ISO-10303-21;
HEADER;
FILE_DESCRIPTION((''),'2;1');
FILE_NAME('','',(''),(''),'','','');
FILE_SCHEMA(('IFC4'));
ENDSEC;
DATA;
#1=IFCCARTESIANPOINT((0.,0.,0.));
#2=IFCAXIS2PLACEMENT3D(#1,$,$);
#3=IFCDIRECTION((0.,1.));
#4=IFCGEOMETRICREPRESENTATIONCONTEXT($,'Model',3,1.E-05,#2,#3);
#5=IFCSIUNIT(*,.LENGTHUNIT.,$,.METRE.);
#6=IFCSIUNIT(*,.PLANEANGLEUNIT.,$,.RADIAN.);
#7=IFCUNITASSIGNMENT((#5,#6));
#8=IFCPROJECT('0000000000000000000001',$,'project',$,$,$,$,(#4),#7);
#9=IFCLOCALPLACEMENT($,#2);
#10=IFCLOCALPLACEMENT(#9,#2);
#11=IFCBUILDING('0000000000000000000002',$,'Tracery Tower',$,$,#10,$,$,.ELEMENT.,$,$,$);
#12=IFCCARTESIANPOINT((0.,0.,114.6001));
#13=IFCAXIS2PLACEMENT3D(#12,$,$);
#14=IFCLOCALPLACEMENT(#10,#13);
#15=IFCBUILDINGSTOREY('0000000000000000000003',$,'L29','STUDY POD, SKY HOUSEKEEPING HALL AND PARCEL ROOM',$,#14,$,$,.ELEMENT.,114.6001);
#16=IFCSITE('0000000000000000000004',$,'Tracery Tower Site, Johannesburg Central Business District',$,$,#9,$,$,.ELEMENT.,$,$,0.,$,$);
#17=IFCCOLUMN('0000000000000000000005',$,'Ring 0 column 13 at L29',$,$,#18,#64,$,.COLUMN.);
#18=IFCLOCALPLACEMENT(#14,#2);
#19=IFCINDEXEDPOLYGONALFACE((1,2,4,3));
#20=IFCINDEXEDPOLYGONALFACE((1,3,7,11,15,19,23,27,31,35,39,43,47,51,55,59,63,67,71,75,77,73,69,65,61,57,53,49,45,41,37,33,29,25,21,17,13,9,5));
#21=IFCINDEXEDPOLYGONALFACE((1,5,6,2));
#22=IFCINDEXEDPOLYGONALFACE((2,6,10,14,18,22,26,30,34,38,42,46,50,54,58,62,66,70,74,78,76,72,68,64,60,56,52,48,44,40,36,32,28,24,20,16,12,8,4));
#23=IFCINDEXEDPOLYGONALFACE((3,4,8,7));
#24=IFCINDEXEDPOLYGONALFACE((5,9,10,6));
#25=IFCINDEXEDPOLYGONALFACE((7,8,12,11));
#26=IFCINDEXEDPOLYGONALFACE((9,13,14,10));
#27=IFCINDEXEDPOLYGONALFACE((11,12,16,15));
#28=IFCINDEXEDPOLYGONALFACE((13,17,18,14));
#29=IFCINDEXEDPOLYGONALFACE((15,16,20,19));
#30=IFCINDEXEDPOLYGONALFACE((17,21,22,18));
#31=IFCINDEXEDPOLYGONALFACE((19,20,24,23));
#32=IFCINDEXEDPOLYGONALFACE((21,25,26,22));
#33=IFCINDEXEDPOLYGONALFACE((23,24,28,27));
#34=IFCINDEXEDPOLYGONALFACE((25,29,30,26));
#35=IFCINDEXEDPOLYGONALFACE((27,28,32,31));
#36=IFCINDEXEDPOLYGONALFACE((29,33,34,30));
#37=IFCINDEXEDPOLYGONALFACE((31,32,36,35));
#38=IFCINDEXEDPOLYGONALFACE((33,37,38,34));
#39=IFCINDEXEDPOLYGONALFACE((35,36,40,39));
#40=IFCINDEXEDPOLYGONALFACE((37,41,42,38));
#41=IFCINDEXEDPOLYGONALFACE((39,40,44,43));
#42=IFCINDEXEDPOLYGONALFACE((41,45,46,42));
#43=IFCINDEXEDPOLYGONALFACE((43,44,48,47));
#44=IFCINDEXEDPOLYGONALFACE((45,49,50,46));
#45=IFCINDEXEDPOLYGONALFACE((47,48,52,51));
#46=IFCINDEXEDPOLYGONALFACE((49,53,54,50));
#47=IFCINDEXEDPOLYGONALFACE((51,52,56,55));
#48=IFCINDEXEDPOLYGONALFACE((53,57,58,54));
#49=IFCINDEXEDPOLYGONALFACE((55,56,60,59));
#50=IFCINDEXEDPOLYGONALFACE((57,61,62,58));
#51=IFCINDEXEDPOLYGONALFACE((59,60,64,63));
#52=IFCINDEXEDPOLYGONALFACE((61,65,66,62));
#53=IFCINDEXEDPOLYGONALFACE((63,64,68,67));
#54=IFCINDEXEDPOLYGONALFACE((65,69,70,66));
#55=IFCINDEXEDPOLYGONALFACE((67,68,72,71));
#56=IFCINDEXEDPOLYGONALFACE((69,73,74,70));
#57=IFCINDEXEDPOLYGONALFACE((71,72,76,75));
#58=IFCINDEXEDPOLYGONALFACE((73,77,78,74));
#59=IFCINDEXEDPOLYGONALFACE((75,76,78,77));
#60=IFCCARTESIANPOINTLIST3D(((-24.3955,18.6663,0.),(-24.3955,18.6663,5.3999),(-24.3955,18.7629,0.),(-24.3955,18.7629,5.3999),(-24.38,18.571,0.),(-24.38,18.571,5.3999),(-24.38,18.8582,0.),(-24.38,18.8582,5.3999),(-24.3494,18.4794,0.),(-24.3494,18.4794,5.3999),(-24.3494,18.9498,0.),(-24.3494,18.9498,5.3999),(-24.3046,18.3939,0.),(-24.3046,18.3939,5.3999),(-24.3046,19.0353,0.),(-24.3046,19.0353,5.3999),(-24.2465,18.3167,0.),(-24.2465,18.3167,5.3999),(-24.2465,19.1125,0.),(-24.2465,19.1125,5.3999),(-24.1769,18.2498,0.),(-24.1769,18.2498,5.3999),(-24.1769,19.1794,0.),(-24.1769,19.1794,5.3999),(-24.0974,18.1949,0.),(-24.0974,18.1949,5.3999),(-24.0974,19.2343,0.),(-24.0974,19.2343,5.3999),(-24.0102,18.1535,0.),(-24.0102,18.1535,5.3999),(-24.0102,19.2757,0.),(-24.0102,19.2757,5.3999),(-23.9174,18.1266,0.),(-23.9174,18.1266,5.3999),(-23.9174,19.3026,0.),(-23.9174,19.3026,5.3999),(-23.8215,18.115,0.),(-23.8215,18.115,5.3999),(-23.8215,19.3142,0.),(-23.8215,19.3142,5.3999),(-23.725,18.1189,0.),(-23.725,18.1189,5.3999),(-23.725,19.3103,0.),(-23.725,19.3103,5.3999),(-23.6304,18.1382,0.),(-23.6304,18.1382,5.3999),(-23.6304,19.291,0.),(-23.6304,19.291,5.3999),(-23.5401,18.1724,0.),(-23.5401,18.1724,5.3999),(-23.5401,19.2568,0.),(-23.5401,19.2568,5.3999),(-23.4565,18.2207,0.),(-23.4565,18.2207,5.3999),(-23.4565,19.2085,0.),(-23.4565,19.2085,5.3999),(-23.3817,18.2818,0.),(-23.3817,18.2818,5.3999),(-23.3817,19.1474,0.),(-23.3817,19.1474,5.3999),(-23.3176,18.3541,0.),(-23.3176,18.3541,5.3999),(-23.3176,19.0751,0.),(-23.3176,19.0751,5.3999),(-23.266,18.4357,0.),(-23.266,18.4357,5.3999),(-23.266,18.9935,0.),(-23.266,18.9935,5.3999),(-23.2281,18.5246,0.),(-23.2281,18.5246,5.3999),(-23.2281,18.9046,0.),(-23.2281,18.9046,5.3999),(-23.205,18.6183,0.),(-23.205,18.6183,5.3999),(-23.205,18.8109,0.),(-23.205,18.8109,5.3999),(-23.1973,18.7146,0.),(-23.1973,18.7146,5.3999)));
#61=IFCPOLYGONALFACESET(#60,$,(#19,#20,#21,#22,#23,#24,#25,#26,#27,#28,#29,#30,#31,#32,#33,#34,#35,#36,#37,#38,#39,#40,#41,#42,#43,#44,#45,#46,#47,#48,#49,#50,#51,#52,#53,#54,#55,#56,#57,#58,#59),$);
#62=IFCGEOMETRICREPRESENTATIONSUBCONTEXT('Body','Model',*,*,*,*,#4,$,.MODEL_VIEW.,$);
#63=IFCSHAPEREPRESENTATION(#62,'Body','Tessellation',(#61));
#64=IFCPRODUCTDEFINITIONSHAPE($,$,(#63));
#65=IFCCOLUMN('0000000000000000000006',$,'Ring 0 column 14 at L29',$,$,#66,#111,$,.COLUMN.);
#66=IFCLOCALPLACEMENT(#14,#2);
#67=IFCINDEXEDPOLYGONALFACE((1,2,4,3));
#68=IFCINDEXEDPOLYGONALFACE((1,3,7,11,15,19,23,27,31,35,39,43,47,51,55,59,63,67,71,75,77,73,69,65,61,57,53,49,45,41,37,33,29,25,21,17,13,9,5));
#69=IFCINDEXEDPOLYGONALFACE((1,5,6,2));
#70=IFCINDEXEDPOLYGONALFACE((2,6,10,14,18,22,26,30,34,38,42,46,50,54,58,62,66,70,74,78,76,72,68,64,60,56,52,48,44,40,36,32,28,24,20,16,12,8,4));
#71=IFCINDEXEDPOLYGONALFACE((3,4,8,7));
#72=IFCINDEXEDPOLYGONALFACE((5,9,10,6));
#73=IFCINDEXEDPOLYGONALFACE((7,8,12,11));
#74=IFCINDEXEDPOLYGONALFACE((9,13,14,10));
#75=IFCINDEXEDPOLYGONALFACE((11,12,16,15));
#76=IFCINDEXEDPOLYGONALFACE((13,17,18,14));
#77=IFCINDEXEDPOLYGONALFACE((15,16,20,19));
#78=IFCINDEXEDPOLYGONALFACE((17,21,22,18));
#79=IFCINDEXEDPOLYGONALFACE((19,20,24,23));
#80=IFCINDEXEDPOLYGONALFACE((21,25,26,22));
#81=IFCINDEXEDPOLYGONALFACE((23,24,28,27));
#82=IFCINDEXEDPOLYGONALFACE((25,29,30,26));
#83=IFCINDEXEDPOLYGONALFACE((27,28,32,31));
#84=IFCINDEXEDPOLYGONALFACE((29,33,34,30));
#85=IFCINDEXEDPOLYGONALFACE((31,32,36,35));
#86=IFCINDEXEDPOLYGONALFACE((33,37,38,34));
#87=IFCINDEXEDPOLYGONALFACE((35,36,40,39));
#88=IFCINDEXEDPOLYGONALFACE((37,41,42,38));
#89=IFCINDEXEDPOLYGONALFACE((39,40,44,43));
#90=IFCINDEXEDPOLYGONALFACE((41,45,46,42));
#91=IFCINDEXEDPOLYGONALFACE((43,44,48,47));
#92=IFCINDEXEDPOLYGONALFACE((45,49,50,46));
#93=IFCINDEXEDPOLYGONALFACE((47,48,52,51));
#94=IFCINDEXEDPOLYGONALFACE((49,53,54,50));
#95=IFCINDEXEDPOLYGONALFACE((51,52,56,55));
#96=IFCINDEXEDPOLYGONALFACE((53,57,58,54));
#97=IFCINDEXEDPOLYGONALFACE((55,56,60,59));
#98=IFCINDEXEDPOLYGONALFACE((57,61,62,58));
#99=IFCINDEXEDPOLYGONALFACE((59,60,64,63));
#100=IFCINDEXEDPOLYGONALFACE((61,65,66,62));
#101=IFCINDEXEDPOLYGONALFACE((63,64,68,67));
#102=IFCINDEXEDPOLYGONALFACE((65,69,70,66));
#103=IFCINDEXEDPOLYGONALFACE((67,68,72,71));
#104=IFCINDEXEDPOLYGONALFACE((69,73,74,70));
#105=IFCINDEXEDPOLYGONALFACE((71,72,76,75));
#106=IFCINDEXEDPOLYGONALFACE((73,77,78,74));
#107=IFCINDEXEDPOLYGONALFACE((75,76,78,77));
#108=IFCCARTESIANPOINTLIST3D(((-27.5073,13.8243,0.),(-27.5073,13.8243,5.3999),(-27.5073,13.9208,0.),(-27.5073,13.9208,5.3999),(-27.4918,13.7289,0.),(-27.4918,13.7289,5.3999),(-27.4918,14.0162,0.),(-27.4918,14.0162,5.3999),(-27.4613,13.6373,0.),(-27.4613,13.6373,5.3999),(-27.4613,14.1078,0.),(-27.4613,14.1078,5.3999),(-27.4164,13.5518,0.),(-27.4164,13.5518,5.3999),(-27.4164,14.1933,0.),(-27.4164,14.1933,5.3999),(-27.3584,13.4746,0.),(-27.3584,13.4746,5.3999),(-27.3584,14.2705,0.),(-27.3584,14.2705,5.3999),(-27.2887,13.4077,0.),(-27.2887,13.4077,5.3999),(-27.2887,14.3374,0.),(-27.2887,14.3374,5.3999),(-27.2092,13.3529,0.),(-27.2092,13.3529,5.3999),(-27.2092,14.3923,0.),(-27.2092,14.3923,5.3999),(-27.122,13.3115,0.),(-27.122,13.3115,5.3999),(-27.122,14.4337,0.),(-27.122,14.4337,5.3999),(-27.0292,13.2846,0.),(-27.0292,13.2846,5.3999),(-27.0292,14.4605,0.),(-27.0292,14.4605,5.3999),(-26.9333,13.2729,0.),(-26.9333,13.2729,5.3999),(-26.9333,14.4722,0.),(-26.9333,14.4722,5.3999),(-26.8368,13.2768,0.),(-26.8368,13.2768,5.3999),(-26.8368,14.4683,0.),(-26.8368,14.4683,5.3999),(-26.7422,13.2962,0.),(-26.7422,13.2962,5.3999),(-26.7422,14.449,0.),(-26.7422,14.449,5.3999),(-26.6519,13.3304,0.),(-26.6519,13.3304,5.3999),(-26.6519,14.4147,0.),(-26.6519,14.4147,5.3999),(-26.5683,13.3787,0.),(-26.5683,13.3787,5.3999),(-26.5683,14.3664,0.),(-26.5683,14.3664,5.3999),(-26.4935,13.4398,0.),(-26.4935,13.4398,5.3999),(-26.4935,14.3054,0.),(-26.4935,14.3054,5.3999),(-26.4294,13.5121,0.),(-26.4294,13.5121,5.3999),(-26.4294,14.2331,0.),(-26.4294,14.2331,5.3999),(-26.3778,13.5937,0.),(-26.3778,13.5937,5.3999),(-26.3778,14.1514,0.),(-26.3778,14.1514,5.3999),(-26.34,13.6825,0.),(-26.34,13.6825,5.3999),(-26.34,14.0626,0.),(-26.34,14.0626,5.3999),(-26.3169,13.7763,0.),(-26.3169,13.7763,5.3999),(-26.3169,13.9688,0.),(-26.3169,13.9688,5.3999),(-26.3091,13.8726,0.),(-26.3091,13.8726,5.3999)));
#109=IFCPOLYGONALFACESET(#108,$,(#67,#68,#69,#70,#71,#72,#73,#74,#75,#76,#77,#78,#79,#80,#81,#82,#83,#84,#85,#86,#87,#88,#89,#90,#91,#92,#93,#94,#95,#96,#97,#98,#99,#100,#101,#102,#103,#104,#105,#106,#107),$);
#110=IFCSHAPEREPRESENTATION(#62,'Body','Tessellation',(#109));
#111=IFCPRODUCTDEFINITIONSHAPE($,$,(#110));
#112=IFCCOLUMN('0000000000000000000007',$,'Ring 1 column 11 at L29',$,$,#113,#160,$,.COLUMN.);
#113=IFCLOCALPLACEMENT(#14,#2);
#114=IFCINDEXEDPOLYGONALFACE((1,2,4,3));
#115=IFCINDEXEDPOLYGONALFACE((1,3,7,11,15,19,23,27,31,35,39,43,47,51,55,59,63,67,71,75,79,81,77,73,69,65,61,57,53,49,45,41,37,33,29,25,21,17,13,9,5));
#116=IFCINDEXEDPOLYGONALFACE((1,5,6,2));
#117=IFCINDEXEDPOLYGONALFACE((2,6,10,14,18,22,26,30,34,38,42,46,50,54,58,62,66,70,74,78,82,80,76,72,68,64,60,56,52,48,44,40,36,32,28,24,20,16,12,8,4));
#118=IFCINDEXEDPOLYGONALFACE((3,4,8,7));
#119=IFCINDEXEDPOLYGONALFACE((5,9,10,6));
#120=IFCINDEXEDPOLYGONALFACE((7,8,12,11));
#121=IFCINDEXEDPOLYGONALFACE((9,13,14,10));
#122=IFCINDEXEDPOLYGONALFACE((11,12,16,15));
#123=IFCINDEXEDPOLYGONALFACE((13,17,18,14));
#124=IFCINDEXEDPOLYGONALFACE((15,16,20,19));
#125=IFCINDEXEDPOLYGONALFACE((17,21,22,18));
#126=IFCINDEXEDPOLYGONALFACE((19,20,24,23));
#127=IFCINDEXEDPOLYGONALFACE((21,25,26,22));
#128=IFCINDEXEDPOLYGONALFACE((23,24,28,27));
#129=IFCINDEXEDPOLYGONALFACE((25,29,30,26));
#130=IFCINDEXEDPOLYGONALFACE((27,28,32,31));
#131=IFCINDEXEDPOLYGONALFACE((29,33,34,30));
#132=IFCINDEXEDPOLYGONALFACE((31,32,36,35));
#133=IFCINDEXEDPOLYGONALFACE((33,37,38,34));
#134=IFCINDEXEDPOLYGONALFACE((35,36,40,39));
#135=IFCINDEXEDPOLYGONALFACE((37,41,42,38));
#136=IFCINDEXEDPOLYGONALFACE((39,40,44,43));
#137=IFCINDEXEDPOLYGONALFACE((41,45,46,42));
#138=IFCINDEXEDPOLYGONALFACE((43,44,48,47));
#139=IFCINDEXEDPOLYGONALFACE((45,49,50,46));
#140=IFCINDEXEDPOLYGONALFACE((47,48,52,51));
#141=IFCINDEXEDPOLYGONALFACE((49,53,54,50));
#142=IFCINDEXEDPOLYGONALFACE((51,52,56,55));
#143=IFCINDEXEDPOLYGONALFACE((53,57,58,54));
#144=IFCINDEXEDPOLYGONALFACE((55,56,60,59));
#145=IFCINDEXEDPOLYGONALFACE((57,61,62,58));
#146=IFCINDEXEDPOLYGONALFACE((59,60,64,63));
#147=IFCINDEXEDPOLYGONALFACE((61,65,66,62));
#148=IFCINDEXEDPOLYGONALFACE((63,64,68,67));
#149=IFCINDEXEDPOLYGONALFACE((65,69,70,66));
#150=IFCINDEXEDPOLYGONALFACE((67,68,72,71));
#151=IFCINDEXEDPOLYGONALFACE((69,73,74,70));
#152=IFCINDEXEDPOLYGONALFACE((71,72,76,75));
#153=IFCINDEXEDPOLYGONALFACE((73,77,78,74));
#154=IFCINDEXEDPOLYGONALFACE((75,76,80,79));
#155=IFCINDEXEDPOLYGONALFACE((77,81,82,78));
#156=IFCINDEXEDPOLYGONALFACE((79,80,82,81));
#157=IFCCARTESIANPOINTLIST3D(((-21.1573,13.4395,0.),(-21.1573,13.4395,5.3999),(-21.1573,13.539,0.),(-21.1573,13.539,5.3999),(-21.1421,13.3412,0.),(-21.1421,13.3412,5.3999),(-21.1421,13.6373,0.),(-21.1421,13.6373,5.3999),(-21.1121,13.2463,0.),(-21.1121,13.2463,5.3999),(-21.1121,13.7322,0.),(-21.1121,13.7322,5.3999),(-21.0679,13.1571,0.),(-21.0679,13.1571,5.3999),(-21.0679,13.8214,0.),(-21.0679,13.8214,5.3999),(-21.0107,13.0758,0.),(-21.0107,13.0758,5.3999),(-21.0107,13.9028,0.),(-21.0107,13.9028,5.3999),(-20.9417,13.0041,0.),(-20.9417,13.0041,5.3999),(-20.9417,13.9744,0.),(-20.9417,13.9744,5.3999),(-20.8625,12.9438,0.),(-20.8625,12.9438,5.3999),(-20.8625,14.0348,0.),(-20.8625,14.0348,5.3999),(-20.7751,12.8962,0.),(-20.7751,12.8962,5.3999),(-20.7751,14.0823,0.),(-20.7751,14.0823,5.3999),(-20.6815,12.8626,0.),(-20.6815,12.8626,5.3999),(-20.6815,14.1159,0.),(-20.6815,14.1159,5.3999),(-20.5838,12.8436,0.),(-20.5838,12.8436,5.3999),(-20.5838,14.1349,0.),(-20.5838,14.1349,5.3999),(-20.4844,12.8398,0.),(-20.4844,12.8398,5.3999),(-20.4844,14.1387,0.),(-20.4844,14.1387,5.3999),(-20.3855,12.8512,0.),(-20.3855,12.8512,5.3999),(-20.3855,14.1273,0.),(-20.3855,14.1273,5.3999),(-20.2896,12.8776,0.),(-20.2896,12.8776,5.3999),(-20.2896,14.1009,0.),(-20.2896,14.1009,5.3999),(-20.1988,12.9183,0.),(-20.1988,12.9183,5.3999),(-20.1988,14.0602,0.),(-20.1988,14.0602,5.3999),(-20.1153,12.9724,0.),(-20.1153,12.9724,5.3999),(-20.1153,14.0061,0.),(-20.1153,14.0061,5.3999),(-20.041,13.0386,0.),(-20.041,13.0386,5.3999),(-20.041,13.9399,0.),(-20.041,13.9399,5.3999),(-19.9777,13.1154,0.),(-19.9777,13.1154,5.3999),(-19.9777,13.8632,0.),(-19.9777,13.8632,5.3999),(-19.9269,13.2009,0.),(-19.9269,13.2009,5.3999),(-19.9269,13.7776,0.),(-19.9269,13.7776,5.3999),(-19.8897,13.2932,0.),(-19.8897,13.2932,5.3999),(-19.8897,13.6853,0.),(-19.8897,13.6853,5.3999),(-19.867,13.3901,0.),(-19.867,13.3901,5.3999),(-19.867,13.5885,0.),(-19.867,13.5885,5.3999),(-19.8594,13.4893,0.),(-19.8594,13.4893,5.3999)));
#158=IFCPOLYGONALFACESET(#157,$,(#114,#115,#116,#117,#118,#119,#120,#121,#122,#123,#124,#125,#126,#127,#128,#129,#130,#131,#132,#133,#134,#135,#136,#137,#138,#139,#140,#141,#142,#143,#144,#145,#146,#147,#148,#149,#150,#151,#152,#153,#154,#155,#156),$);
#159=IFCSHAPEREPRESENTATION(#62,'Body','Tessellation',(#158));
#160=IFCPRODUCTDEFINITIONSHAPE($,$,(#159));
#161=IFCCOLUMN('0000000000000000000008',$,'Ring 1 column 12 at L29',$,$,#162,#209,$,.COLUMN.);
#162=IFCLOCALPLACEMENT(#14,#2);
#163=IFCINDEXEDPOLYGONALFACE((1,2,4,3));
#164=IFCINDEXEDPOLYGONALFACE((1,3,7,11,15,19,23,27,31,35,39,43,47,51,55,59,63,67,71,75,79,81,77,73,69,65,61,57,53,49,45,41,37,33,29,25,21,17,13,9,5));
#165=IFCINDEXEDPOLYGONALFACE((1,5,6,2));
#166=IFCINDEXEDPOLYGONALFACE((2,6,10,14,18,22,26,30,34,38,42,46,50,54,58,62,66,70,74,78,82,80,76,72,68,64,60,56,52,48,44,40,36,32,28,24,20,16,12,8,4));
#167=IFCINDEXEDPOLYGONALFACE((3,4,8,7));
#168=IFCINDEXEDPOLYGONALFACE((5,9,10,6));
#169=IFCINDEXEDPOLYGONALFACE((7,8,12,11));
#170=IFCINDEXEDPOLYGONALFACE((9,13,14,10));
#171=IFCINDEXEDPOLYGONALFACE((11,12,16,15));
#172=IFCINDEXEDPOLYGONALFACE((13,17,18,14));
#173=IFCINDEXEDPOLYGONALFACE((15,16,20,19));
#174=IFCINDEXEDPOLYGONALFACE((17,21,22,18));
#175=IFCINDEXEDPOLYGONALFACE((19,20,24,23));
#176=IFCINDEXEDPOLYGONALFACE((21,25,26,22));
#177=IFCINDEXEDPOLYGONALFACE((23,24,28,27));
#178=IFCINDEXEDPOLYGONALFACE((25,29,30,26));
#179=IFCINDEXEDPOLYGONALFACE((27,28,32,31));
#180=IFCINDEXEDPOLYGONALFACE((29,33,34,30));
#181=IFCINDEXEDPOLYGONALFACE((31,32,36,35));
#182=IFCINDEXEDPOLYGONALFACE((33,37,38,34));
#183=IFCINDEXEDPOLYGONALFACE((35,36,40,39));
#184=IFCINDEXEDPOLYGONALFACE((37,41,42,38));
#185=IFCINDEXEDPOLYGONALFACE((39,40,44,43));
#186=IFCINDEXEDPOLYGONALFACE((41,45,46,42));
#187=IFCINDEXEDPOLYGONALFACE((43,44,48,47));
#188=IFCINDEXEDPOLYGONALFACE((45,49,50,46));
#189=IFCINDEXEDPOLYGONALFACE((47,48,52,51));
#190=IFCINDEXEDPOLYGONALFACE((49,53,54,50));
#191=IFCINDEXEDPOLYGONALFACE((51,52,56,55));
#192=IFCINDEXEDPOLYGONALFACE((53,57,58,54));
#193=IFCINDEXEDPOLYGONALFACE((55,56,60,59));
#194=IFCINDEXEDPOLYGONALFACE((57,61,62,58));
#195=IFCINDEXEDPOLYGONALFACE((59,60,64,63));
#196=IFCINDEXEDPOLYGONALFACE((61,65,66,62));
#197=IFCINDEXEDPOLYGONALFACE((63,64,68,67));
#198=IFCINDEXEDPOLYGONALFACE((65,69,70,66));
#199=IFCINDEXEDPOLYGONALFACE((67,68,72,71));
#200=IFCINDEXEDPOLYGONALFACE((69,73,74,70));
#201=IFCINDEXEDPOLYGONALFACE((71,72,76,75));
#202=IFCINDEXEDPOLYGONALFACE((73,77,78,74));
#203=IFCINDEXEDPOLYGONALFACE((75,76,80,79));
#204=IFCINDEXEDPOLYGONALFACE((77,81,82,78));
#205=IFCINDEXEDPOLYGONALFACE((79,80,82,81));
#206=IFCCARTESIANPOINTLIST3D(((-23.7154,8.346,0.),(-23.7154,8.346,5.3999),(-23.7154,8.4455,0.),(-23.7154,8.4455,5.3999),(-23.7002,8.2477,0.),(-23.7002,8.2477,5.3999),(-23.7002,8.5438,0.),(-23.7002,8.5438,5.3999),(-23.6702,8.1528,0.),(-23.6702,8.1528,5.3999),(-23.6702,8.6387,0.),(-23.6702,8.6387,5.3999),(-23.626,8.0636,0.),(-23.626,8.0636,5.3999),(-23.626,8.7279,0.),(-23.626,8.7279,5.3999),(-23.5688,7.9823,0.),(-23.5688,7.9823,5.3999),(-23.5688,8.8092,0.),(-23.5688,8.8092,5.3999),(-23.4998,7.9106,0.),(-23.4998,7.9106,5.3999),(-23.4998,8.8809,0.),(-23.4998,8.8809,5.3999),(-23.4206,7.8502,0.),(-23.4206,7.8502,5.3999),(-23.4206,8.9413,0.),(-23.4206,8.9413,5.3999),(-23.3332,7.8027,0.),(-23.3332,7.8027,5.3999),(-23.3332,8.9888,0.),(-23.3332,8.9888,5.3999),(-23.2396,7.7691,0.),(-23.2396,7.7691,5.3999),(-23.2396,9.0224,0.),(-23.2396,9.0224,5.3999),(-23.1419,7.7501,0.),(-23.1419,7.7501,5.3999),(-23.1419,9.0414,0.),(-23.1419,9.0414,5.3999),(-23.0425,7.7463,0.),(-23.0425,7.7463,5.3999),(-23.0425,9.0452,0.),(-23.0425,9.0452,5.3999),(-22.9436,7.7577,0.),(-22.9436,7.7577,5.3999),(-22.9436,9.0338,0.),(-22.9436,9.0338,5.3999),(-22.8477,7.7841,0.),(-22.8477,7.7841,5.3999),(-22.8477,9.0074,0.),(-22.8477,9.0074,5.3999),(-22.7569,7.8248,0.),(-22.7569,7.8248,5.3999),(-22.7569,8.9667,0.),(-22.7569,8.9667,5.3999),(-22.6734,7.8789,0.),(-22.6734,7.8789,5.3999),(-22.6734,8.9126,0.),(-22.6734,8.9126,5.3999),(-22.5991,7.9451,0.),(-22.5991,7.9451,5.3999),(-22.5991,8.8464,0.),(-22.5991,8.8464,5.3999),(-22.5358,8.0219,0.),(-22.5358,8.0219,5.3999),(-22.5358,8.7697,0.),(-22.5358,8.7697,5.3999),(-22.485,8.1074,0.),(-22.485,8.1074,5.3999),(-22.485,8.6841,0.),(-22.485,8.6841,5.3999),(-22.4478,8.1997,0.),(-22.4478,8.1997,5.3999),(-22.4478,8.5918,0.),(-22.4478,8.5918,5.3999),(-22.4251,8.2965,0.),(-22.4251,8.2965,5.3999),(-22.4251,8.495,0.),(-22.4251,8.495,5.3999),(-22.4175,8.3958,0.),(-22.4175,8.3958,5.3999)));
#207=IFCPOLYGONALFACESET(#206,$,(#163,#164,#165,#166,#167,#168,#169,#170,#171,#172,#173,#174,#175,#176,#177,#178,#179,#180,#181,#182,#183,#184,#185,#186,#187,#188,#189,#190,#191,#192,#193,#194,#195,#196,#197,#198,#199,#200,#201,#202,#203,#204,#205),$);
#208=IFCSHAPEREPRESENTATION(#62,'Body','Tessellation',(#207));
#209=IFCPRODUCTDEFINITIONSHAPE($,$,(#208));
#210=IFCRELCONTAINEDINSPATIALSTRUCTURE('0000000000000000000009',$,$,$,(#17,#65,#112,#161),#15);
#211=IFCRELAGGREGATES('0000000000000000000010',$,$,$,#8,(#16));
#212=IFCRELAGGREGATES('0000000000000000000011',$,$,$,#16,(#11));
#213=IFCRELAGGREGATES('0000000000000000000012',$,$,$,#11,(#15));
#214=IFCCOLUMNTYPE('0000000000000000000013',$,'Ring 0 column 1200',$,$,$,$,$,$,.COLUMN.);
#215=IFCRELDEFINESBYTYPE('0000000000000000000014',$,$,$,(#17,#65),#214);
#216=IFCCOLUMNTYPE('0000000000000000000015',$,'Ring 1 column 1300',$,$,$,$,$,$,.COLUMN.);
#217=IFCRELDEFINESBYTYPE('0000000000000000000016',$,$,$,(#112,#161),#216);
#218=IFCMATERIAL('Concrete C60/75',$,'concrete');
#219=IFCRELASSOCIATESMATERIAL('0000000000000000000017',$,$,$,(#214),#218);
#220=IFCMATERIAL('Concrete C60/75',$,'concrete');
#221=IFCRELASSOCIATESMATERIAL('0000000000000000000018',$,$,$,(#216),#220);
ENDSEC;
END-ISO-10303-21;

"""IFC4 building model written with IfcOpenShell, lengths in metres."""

from ifc_helpers import new_model, si_unit, direction, frame, origin, origin_2d, place, context, subcontext, project, spatial, circle, extrude, material, material_profile, profile_set, type_object, element, save


model = new_model("IFC4")

# Units and contexts
model_context = context("Model", 3, precision=1e-05, world=origin(), true_north=direction((0.0, 1.0)))
body_context = subcontext(model_context, "Body", "Model", "MODEL_VIEW")
ifc_project = project(units=[si_unit("LENGTHUNIT", "METRE"), si_unit("PLANEANGLEUNIT", "RADIAN")], contexts=[model_context])

# Site, building, storey
site_placement = place(None, origin())
site = spatial("IfcSite", under=ifc_project, at=site_placement, Name="Tracery Tower Site, Johannesburg Central Business District", CompositionType="ELEMENT", RefElevation=0.0)
building_placement = place(site_placement, origin())
building = spatial("IfcBuilding", under=site, at=building_placement, Name="Tracery Tower", CompositionType="ELEMENT")
storey_placement = place(building_placement, frame((0.0, 0.0, 114.6001)))
storey = spatial("IfcBuildingStorey", under=building, at=storey_placement, Name="L29", Description="STUDY POD, SKY HOUSEKEEPING HALL AND PARCEL ROOM", CompositionType="ELEMENT", Elevation=114.6001)

# Columns
ifc_material_1 = material(Name="Concrete C60/75", Category="concrete")
ifc_material_profile_1 = material_profile(ifc_material_1, circle(Radius=0.6001, at=origin_2d()), Name="RC D1200")
ifc_profile_set_1 = profile_set([ifc_material_profile_1], Name="Concrete C60/75")
column_type_1 = type_object("IfcColumnType", Name="Ring 0 column 1200", PredefinedType="COLUMN", material=ifc_profile_set_1)
for number, where, z_axis, x_axis, name in (
    (1, (-23.7974, 18.7146, 0.0), (0.0, 0.0, 1.0), (1.0, 0.0, 0.0), "Ring 0 column 13 at L29"),
    (2, (-26.9092, 13.8726, 0.0), (0.0, 0.0, 1.0), (1.0, 0.0, 0.0), "Ring 0 column 14 at L29"),
):
    element("IfcColumn", number, at=place(storey_placement, frame(where, z_axis=z_axis, x_axis=x_axis)), inside=storey, type_object=column_type_1, Name=name, PredefinedType="COLUMN", context=body_context, shape_type="SweptSolid", body=[
        extrude(circle(Radius=0.6001, at=origin_2d()), origin(), (0.0, 0.0, 1.0), 5.3999),
    ])
ifc_material_2 = material(Name="Concrete C60/75", Category="concrete")
ifc_material_profile_2 = material_profile(ifc_material_2, circle(Radius=0.6499, at=origin_2d()), Name="RC D1300")
ifc_profile_set_2 = profile_set([ifc_material_profile_2], Name="Concrete C60/75")
column_type_2 = type_object("IfcColumnType", Name="Ring 1 column 1300", PredefinedType="COLUMN", material=ifc_profile_set_2)
for number, where, z_axis, x_axis, name in (
    (3, (-20.5093, 13.4893, 0.0), (0.0, 0.0, 1.0), (1.0, 0.0, 0.0), "Ring 1 column 11 at L29"),
    (4, (-23.0674, 8.3958, 0.0), (0.0, 0.0, 1.0), (1.0, 0.0, 0.0), "Ring 1 column 12 at L29"),
):
    element("IfcColumn", number, at=place(storey_placement, frame(where, z_axis=z_axis, x_axis=x_axis)), inside=storey, type_object=column_type_2, Name=name, PredefinedType="COLUMN", context=body_context, shape_type="SweptSolid", body=[
        extrude(circle(Radius=0.6499, at=origin_2d()), origin(), (0.0, 0.0, 1.0), 5.3999),
    ])

save(model, "model.ifc")
